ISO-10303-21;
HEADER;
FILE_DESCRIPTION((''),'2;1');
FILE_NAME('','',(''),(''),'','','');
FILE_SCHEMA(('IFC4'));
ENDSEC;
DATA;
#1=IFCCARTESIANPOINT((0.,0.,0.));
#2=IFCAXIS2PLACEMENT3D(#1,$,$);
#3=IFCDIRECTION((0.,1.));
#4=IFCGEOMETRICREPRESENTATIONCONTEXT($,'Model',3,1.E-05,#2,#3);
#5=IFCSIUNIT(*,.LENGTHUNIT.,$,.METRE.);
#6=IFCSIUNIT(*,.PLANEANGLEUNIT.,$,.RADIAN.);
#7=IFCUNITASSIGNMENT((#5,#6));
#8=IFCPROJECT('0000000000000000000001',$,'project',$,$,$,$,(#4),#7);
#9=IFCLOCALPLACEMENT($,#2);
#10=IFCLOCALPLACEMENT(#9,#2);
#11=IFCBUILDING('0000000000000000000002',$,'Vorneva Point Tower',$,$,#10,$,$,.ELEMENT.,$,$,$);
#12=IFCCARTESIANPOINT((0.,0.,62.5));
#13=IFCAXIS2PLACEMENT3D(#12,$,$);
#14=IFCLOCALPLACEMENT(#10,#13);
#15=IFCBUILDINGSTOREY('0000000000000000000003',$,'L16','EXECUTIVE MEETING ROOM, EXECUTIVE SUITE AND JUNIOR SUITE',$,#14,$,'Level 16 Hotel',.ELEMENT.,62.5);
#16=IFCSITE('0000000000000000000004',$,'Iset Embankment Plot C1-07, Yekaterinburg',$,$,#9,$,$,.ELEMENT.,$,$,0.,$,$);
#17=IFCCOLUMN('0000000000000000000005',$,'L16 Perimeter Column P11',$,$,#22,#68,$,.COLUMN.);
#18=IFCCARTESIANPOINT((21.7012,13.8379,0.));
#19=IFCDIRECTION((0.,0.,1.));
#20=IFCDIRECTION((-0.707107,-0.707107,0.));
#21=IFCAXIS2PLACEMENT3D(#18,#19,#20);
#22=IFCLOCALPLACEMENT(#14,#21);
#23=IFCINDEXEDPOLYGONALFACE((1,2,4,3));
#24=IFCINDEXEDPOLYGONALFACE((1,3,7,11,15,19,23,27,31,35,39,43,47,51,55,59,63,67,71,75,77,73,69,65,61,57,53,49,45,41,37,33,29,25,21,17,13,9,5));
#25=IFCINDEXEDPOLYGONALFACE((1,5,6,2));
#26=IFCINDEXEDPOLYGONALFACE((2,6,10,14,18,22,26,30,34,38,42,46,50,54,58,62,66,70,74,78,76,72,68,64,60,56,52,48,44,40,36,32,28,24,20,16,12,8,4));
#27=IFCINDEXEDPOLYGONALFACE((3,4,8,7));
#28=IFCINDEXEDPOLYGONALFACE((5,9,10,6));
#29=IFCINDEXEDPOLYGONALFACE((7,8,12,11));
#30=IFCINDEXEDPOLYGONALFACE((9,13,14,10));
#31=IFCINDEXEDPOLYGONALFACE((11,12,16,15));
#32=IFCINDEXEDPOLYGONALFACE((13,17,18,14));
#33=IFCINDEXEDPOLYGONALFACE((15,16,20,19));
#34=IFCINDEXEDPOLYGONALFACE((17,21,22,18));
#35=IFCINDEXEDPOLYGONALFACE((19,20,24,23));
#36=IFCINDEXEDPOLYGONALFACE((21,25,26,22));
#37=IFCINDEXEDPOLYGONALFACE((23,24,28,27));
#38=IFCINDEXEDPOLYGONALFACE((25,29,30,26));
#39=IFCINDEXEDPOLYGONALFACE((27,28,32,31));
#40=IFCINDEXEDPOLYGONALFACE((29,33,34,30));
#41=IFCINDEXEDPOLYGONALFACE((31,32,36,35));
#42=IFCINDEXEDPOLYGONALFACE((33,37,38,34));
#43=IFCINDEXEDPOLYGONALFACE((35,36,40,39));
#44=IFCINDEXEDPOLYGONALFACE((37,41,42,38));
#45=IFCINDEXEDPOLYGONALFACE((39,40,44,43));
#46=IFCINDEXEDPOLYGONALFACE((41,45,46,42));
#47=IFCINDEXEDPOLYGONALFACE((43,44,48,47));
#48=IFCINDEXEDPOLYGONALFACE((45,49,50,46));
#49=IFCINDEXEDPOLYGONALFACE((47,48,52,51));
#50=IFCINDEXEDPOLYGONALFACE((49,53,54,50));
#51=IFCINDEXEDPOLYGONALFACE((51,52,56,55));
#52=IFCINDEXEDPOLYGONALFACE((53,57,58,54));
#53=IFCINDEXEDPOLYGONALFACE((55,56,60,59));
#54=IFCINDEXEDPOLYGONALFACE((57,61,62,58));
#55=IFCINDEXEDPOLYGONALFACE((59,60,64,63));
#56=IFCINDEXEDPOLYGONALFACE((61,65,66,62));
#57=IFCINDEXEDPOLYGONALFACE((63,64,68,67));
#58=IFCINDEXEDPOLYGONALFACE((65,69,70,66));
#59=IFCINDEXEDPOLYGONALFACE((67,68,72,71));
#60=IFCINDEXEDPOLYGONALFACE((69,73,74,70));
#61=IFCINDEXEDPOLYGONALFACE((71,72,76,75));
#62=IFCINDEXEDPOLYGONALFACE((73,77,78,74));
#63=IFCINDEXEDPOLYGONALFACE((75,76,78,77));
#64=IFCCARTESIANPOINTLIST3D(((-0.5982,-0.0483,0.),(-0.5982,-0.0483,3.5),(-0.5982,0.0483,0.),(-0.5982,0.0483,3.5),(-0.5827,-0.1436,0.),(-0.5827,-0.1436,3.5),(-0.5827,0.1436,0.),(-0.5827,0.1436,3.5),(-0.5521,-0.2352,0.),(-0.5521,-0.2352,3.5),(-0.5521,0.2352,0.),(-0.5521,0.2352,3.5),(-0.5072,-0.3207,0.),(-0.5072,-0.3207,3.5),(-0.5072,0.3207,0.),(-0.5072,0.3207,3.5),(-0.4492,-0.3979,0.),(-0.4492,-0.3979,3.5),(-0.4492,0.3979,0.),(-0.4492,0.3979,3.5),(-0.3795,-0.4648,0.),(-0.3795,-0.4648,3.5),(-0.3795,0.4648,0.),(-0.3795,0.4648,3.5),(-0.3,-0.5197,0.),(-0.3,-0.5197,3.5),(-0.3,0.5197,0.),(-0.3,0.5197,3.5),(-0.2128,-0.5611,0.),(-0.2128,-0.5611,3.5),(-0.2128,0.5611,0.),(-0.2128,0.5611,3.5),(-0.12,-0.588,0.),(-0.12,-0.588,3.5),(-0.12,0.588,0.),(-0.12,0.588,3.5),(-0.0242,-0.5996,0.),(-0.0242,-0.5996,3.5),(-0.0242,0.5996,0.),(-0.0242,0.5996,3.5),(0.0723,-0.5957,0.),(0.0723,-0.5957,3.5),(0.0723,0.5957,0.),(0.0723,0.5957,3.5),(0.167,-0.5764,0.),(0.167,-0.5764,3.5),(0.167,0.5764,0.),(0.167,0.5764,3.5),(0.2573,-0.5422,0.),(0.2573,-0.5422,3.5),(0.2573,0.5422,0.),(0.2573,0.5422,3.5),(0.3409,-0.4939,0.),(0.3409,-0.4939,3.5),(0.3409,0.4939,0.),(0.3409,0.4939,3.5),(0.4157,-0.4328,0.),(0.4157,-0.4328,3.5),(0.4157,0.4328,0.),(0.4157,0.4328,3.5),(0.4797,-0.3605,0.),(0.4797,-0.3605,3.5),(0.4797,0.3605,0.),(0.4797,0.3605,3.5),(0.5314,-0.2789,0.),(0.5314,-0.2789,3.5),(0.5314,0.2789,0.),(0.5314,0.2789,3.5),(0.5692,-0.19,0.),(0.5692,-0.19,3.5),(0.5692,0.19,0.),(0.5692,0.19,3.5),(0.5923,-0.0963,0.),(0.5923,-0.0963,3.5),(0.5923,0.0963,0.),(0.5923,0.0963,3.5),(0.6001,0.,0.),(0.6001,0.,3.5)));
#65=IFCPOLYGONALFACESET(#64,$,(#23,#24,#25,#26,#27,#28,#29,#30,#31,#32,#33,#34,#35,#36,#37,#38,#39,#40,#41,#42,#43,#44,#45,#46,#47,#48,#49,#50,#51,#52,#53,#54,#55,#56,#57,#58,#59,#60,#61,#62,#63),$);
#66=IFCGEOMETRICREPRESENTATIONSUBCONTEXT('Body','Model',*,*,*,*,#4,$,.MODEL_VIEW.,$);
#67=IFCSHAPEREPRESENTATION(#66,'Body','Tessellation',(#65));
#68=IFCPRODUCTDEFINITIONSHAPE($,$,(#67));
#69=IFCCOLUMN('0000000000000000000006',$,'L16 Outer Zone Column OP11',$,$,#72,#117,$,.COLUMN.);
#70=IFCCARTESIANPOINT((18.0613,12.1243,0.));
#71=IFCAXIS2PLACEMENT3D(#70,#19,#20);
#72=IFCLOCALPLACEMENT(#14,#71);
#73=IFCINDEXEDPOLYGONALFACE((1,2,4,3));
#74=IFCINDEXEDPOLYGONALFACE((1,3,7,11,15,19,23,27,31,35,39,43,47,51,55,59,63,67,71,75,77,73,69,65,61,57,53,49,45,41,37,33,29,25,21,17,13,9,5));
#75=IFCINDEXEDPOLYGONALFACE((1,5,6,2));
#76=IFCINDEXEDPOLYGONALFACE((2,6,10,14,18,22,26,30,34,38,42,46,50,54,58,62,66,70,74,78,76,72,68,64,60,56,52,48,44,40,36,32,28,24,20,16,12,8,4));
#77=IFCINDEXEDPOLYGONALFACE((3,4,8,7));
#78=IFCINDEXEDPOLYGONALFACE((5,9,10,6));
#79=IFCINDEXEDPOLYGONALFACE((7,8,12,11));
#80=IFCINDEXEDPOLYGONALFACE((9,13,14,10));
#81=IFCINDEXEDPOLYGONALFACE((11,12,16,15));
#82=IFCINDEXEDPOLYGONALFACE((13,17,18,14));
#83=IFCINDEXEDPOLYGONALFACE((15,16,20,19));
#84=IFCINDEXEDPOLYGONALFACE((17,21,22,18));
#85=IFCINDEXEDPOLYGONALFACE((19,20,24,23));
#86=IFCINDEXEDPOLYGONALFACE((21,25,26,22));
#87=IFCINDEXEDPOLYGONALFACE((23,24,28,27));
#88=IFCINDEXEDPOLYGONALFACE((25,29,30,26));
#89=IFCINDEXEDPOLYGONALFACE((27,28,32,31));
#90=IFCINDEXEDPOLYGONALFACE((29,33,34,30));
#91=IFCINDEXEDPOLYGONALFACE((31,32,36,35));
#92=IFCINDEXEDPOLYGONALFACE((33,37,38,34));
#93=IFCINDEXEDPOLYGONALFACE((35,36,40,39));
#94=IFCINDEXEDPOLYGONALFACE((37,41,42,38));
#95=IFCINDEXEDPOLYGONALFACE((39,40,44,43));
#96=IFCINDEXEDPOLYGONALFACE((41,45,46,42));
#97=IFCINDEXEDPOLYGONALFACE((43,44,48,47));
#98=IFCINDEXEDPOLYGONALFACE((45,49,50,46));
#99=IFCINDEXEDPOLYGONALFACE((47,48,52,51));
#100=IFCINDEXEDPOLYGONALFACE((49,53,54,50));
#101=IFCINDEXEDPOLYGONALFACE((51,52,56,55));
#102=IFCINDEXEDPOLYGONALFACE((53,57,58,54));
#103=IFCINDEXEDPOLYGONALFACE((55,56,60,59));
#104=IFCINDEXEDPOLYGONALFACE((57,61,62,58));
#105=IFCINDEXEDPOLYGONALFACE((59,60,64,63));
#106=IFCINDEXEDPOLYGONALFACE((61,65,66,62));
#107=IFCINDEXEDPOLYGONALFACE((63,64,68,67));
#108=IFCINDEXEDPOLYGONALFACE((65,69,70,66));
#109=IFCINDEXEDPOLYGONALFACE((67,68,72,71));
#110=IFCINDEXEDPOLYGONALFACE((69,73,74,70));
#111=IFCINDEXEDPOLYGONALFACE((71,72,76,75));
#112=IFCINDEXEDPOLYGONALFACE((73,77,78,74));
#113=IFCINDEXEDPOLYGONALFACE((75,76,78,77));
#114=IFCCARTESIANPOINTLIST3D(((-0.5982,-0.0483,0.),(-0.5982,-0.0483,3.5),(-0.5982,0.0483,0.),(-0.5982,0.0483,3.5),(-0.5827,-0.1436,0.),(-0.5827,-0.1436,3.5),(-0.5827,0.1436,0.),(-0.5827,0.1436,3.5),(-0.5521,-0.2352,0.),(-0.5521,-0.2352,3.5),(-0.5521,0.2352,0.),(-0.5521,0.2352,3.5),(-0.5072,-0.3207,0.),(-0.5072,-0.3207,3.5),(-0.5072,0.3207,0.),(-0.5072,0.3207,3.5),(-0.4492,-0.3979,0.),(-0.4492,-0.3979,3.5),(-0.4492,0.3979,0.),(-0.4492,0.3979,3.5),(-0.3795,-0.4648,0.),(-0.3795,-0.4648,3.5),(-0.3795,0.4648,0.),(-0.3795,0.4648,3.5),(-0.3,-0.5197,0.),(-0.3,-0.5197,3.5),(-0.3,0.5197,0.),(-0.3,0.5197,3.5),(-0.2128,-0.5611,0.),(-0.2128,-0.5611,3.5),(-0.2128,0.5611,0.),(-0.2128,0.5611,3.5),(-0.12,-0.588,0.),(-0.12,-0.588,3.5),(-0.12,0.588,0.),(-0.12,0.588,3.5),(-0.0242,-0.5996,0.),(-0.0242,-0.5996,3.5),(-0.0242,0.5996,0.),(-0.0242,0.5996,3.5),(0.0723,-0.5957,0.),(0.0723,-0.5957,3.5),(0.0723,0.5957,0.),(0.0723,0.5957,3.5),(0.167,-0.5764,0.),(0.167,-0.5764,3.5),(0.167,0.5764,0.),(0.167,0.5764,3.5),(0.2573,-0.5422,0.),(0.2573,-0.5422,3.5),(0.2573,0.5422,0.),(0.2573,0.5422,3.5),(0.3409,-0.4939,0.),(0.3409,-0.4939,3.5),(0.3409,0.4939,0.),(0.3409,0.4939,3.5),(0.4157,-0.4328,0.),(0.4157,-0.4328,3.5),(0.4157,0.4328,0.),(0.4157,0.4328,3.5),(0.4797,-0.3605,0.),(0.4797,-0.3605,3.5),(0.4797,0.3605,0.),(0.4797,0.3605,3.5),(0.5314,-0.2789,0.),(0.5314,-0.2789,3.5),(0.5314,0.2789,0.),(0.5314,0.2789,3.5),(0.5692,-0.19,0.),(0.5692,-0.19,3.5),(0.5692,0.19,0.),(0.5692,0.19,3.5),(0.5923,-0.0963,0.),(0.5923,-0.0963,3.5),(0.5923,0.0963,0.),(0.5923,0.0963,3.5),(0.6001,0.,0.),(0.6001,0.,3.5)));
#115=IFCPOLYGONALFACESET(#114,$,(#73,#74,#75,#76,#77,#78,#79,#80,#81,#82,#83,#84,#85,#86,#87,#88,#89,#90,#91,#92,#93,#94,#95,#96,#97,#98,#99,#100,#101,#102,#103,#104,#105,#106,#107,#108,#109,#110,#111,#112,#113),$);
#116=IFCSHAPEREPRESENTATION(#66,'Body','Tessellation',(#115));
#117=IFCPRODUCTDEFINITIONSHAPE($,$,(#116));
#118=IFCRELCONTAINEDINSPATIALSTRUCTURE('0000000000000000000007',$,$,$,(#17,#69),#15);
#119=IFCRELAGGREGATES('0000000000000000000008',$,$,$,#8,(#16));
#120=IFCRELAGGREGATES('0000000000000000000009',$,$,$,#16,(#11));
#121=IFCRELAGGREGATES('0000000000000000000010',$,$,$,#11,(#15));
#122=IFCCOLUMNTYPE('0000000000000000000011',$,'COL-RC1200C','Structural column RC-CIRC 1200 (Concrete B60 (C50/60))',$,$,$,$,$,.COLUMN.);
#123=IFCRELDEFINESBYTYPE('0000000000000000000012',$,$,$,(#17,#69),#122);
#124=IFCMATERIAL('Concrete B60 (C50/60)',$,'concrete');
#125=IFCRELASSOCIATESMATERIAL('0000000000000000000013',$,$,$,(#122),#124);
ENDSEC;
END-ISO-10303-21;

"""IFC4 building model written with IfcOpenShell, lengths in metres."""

from ifc_helpers import new_model, si_unit, direction, frame, origin, origin_2d, place, context, subcontext, project, spatial, circle, extrude, material, material_profile, profile_set, type_object, element, save


model = new_model("IFC4")

# Units and contexts
model_context = context("Model", 3, precision=1e-05, world=origin(), true_north=direction((0.0, 1.0)))
body_context = subcontext(model_context, "Body", "Model", "MODEL_VIEW")
ifc_project = project(units=[si_unit("LENGTHUNIT", "METRE"), si_unit("PLANEANGLEUNIT", "RADIAN")], contexts=[model_context])

# Site, building, storey
site_placement = place(None, origin())
site = spatial("IfcSite", under=ifc_project, at=site_placement, Name="Iset Embankment Plot C1-07, Yekaterinburg", CompositionType="ELEMENT", RefElevation=0.0)
building_placement = place(site_placement, origin())
building = spatial("IfcBuilding", under=site, at=building_placement, Name="Vorneva Point Tower", CompositionType="ELEMENT")
storey_placement = place(building_placement, frame((0.0, 0.0, 62.5)))
storey = spatial("IfcBuildingStorey", under=building, at=storey_placement, Name="L16", Description="EXECUTIVE MEETING ROOM, EXECUTIVE SUITE AND JUNIOR SUITE", LongName="Level 16 Hotel", CompositionType="ELEMENT", Elevation=62.5)

# Columns
ifc_material_1 = material(Name="Concrete B60 (C50/60)", Category="concrete")
ifc_material_profile_1 = material_profile(ifc_material_1, circle(Radius=0.6001, at=origin_2d()), Name="RC-CIRC 1200")
ifc_profile_set_1 = profile_set([ifc_material_profile_1], Name="Concrete B60 (C50/60)")
column_type_1 = type_object("IfcColumnType", Name="COL-RC1200C", Description="Structural column RC-CIRC 1200 (Concrete B60 (C50/60))", PredefinedType="COLUMN", material=ifc_profile_set_1)
for number, where, z_axis, x_axis, name in (
    (1, (21.7012, 13.8379, 0.0), (0.0, 0.0, 1.0), (-0.707107, -0.707107, 0.0), "L16 Perimeter Column P11"),
    (2, (18.0613, 12.1243, 0.0), (0.0, 0.0, 1.0), (-0.707107, -0.707107, 0.0), "L16 Outer Zone Column OP11"),
):
    element("IfcColumn", number, at=place(storey_placement, frame(where, z_axis=z_axis, x_axis=x_axis)), inside=storey, type_object=column_type_1, Name=name, PredefinedType="COLUMN", context=body_context, shape_type="SweptSolid", body=[
        extrude(circle(Radius=0.6001, at=origin_2d()), origin(), (0.0, 0.0, 1.0), 3.5),
    ])

save(model, "model.ifc")
